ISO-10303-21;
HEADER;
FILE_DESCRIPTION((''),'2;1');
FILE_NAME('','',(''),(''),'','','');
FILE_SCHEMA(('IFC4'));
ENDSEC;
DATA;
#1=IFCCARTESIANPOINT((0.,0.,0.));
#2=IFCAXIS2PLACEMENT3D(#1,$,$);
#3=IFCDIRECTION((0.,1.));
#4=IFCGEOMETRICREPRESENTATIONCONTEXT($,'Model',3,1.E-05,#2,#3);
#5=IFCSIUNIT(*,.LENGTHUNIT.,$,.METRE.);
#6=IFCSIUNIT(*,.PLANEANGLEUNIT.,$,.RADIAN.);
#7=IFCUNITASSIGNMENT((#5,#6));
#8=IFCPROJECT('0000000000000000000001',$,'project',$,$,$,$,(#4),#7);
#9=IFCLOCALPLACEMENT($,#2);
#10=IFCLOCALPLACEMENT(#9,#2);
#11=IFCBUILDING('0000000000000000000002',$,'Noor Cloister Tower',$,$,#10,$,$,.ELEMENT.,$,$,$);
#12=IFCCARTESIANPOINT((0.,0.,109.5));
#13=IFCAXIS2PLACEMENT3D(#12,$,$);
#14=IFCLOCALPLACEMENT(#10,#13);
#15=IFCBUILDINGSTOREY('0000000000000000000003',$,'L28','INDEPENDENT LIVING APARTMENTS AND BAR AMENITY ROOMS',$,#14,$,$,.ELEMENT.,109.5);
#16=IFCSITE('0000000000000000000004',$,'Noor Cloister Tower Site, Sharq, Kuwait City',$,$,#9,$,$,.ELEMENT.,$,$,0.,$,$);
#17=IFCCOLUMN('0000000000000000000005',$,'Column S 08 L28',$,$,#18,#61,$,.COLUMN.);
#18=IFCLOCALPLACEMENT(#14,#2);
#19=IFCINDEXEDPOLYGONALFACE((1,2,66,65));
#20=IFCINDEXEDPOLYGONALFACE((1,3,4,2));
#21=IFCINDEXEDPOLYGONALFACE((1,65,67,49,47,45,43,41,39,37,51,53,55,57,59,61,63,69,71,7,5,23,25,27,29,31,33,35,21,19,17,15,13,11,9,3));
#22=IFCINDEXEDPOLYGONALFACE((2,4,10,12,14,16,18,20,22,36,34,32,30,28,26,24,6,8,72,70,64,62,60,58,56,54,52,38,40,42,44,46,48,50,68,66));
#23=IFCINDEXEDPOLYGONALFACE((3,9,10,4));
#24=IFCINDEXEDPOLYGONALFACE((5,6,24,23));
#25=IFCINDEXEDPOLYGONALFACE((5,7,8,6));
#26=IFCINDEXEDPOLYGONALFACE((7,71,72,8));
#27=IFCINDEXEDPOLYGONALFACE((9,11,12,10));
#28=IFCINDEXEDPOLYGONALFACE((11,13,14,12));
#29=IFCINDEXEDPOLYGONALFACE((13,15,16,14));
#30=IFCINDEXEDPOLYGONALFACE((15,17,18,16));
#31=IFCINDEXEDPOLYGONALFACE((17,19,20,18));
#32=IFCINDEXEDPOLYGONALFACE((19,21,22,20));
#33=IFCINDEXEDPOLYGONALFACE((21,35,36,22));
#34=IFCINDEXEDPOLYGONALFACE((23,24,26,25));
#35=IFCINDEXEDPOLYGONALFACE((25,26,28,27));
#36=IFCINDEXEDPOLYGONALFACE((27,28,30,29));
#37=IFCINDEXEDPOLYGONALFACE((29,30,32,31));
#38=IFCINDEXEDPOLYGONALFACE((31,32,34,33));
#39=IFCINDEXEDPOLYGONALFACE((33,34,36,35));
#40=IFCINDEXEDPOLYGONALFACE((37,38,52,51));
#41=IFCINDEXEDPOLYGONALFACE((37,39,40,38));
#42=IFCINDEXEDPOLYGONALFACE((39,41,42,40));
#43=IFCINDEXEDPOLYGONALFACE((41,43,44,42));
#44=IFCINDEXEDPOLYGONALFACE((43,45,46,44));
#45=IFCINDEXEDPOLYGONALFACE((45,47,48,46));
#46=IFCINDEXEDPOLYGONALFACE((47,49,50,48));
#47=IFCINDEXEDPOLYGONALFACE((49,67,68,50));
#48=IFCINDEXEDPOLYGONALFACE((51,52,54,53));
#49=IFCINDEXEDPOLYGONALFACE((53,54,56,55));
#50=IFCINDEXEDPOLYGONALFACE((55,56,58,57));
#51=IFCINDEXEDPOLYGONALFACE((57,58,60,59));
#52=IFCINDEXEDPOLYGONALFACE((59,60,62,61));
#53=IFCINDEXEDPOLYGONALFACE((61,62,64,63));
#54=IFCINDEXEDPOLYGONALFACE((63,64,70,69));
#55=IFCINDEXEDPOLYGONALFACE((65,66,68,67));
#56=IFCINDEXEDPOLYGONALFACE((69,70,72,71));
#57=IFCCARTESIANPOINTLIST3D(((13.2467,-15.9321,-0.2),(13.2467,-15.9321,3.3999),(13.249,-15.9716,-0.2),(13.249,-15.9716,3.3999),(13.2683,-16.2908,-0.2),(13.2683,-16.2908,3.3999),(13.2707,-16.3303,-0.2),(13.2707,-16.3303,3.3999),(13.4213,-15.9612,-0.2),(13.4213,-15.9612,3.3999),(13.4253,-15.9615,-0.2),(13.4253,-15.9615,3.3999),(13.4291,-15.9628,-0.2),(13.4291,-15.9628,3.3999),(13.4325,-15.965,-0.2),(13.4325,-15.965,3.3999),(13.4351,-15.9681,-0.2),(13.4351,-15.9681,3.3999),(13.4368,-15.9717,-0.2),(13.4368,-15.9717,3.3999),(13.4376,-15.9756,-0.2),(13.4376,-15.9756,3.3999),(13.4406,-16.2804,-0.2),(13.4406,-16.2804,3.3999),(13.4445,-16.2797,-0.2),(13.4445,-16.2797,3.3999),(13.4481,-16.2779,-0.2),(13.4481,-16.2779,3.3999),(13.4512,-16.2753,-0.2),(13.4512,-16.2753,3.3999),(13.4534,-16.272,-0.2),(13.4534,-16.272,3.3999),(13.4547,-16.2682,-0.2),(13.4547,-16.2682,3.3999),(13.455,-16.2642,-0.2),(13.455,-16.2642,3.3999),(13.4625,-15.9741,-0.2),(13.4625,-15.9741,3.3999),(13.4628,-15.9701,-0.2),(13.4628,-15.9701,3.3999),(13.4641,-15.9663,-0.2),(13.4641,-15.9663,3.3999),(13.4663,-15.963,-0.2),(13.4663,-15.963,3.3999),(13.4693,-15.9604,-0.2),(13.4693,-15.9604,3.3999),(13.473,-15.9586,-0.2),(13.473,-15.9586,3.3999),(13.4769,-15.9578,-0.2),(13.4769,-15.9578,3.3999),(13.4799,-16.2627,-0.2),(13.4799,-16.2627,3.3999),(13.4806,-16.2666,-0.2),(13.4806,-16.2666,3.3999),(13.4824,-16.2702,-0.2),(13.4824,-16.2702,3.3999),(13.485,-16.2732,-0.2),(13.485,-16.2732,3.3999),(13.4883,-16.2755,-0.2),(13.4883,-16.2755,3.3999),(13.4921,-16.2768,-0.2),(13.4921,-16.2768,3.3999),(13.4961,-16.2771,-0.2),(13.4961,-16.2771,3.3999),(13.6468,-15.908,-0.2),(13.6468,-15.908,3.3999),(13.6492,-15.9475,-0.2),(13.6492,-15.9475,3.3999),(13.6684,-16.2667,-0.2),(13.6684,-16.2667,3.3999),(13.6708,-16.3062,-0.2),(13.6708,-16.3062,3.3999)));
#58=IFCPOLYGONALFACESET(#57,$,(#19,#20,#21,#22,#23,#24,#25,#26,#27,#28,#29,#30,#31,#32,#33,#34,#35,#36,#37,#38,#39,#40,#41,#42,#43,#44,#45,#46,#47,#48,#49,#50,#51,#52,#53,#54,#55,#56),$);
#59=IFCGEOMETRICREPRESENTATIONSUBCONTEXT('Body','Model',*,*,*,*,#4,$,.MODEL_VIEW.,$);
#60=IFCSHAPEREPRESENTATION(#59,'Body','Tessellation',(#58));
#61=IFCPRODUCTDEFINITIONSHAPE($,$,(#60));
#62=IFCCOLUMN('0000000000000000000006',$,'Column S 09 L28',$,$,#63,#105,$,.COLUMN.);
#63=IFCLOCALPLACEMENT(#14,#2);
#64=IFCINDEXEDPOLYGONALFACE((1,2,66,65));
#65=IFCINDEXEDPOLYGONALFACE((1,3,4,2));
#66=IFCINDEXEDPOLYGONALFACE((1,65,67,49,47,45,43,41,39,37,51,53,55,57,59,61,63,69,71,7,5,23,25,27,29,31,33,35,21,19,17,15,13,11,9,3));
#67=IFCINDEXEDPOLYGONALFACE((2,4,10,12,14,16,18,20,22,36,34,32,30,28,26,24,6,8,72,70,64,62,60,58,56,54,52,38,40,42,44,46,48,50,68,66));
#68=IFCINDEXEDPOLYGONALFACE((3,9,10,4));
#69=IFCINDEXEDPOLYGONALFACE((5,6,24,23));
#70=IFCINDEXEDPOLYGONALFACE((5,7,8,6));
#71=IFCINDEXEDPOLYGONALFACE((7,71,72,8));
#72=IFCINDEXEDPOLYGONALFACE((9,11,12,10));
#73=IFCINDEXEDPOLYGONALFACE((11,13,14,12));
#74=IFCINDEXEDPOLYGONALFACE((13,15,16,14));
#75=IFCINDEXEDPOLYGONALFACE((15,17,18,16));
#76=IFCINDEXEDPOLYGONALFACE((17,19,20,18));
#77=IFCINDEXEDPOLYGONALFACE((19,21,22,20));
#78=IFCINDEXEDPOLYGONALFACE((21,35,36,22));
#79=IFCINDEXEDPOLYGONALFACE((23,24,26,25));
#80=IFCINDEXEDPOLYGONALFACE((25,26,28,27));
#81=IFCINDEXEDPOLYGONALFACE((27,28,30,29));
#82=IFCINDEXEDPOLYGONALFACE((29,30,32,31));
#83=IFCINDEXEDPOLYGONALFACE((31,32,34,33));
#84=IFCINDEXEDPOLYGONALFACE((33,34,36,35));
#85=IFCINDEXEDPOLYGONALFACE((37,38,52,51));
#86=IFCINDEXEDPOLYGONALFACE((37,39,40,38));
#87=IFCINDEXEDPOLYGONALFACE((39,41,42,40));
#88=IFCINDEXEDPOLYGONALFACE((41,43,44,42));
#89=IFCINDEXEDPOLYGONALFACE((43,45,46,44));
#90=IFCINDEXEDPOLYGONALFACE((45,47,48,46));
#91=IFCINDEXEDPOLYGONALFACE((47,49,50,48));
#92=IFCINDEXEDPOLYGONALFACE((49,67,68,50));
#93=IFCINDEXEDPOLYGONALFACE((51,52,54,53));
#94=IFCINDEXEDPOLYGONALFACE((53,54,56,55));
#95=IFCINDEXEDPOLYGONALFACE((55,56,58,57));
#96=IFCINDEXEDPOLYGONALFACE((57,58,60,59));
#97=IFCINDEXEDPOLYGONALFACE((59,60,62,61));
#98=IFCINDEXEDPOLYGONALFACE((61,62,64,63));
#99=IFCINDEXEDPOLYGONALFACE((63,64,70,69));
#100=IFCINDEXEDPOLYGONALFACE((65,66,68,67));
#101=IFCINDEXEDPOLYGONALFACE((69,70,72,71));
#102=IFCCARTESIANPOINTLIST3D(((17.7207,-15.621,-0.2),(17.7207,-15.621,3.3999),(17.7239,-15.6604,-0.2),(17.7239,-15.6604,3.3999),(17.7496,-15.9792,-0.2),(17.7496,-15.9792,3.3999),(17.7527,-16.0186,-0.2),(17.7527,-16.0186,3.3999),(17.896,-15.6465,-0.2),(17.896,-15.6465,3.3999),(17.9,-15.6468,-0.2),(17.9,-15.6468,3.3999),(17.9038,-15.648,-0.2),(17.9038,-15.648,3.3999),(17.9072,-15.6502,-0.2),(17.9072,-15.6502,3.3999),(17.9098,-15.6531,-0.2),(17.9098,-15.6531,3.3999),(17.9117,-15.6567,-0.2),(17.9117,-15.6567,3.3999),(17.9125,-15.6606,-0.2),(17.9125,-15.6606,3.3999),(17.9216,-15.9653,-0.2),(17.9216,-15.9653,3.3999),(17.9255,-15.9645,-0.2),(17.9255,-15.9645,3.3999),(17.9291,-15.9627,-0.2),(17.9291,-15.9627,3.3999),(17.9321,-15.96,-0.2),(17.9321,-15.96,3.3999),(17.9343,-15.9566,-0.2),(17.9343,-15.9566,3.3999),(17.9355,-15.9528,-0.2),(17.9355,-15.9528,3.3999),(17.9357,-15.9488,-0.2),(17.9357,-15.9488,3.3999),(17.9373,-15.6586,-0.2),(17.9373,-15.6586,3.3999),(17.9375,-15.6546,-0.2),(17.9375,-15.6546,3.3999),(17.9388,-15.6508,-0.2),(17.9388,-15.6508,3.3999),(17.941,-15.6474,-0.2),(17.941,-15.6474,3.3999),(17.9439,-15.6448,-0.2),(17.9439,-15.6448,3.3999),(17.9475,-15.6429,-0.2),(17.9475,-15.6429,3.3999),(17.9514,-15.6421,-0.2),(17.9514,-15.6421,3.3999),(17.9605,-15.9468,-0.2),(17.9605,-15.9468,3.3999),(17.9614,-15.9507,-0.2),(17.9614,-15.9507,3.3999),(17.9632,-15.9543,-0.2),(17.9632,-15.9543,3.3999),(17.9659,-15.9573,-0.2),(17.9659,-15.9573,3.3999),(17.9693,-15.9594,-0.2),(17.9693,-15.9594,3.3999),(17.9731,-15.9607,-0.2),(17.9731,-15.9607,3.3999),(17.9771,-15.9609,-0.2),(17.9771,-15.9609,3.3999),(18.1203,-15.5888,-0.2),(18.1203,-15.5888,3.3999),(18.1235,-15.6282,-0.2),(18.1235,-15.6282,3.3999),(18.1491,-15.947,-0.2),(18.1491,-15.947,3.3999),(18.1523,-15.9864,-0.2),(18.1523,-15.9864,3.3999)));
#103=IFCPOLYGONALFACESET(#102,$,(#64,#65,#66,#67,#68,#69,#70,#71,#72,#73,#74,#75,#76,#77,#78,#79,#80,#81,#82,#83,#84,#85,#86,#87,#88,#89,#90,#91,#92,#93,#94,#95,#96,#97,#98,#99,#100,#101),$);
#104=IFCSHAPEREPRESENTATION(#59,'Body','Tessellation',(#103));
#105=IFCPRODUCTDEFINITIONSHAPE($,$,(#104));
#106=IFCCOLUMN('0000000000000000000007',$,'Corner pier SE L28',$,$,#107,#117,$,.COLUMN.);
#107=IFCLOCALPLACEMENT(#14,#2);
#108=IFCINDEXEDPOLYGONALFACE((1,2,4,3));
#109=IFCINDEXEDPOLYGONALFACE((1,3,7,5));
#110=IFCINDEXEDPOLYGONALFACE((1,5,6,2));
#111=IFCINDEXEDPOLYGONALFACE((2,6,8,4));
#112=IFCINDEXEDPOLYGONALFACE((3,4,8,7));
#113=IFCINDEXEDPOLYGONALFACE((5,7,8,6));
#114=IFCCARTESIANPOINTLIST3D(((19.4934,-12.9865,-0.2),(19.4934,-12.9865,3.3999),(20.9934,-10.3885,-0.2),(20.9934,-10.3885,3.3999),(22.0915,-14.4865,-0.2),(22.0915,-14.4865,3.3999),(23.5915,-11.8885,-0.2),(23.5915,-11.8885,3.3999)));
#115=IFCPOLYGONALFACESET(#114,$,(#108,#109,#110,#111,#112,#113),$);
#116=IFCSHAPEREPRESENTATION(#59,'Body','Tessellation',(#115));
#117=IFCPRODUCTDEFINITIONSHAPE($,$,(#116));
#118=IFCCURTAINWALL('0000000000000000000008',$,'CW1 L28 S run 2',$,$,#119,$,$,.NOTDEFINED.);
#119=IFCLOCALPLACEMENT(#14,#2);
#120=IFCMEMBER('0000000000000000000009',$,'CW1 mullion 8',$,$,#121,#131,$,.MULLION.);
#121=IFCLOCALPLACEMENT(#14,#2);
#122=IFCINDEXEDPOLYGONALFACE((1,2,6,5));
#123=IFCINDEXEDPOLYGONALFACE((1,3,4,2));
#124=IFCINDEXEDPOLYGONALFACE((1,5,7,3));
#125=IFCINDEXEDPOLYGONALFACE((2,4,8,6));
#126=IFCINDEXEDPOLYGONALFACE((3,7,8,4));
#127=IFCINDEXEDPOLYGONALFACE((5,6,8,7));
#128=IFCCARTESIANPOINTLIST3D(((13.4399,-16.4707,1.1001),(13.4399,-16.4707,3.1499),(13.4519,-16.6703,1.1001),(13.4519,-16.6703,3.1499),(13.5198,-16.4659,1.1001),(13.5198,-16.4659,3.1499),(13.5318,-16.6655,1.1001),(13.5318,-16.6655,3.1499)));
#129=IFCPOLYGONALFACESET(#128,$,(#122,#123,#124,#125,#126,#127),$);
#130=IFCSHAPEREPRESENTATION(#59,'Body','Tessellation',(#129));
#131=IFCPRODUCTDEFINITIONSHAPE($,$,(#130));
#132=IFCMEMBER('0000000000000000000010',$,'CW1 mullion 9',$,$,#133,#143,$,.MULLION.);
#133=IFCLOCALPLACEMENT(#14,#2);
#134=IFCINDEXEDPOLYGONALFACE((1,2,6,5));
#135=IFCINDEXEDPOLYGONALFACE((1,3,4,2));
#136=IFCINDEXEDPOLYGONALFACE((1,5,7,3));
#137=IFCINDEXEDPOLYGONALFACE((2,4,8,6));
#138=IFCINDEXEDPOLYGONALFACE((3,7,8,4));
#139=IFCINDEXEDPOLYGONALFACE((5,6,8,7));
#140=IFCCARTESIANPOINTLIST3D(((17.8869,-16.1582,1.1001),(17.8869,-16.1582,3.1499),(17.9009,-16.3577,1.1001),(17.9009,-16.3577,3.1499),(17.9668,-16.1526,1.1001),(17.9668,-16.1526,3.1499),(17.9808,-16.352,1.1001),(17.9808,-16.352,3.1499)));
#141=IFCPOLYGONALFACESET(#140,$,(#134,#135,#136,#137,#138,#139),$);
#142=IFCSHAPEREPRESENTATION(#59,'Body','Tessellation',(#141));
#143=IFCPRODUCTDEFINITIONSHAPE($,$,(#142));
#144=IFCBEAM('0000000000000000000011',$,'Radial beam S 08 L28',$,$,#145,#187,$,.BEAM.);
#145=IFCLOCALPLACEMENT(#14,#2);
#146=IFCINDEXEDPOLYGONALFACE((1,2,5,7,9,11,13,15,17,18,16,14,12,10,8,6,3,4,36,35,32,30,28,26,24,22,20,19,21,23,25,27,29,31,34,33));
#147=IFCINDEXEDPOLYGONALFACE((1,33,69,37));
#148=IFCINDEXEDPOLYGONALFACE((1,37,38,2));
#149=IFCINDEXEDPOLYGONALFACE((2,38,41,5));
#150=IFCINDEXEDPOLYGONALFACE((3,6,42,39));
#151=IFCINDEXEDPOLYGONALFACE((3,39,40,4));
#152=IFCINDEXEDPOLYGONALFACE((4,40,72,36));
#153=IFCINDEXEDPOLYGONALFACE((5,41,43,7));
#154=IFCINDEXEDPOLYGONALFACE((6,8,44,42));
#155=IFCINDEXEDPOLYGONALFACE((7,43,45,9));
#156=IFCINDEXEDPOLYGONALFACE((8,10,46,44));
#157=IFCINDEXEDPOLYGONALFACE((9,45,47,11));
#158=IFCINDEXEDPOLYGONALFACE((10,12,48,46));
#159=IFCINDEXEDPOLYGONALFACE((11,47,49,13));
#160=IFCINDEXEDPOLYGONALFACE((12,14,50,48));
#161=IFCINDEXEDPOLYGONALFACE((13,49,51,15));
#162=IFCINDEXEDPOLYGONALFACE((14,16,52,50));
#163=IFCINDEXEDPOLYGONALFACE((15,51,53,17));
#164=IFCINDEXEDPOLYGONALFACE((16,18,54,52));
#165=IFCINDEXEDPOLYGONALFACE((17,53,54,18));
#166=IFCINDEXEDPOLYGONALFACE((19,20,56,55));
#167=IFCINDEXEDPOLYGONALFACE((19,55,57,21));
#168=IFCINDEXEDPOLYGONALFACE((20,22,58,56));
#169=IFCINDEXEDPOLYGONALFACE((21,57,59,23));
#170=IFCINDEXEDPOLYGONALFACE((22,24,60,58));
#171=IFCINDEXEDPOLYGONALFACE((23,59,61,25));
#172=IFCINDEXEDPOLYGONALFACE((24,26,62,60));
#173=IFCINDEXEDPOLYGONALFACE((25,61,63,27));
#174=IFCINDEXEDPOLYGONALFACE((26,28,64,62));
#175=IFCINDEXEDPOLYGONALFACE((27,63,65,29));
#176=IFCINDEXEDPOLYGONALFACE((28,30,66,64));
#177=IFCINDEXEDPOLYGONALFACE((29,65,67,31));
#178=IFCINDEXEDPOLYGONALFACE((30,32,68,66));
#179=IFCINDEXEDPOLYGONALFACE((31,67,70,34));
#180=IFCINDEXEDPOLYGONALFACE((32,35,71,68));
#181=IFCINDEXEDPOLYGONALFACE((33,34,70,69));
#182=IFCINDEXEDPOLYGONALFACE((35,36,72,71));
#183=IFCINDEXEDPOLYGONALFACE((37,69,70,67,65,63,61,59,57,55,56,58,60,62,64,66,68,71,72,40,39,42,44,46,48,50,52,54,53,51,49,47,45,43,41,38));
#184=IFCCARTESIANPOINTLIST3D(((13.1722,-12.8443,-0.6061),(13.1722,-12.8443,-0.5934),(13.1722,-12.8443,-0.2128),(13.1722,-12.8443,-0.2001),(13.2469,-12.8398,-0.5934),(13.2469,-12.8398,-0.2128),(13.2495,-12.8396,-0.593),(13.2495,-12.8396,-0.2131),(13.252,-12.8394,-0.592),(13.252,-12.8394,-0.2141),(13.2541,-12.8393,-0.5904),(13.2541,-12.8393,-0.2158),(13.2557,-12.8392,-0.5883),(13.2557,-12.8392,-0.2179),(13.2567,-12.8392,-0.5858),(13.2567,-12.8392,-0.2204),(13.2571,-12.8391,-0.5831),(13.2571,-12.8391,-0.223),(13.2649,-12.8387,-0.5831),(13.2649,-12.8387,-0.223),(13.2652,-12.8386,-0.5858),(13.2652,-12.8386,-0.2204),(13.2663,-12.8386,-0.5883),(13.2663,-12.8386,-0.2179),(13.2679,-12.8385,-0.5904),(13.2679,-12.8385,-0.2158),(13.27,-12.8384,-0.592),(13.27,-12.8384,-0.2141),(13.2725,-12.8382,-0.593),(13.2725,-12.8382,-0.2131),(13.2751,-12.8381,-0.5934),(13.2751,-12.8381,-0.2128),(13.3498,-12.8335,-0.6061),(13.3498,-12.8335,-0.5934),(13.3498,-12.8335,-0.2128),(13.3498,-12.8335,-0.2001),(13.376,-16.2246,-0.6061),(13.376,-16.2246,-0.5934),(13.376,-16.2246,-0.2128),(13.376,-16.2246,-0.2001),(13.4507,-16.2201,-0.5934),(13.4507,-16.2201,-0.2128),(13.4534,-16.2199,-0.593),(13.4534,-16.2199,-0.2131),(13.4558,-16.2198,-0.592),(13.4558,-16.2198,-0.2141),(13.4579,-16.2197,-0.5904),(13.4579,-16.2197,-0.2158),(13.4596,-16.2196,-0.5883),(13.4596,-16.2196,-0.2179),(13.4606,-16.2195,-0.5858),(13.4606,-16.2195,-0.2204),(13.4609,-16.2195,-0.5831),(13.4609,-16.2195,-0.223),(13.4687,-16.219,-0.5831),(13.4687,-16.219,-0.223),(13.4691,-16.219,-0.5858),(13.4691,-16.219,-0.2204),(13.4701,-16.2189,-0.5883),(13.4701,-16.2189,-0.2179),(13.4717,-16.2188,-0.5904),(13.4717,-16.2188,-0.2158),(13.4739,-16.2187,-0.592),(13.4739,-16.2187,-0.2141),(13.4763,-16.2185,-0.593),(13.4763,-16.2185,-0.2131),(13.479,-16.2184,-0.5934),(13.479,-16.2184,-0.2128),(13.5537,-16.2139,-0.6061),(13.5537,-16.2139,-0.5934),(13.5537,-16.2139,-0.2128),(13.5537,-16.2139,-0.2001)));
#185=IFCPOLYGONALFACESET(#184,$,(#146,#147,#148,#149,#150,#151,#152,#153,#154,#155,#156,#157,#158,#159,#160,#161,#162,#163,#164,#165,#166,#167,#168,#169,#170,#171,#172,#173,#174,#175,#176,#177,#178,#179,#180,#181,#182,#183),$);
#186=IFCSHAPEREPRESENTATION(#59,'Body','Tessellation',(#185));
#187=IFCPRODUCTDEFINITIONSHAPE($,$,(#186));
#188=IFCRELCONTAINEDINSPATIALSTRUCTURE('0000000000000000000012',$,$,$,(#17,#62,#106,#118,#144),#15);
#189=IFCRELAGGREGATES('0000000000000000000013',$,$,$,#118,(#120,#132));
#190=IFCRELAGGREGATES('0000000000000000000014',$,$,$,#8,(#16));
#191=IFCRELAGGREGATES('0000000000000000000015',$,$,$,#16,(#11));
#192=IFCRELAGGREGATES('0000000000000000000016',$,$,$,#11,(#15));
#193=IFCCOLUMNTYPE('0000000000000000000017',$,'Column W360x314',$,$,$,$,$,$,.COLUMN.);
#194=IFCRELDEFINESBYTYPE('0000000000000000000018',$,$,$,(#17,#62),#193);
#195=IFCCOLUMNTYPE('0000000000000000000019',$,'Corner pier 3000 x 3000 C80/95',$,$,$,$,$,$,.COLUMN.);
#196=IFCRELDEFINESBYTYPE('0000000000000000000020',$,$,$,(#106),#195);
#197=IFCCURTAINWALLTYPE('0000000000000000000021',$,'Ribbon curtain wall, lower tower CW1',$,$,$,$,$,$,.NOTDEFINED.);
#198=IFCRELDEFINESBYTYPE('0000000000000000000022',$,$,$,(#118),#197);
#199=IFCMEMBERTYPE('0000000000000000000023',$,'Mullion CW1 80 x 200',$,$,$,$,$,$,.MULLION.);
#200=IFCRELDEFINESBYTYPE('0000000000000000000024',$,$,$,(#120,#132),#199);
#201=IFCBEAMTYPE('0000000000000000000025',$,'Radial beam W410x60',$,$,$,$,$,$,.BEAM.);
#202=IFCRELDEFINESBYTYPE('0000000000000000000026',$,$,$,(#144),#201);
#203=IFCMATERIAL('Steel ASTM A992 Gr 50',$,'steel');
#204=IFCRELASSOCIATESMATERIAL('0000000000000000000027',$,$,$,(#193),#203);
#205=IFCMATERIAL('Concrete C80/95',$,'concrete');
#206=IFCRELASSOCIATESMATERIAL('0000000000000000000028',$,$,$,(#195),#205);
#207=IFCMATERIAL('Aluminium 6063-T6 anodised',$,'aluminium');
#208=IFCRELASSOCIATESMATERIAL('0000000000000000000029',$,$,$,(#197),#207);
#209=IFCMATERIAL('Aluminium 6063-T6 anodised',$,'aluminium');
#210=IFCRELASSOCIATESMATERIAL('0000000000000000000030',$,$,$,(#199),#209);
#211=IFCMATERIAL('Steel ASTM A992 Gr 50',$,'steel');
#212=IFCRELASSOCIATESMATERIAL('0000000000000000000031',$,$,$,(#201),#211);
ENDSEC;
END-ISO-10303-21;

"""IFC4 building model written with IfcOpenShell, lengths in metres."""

from ifc_helpers import new_model, si_unit, direction, frame, origin, origin_2d, place, context, subcontext, project, spatial, rectangle, i_section, extrude, material, material_profile, profile_set, type_object, element, aggregate, save


model = new_model("IFC4")

# Units and contexts
model_context = context("Model", 3, precision=1e-05, world=origin(), true_north=direction((0.0, 1.0)))
body_context = subcontext(model_context, "Body", "Model", "MODEL_VIEW")
ifc_project = project(units=[si_unit("LENGTHUNIT", "METRE"), si_unit("PLANEANGLEUNIT", "RADIAN")], contexts=[model_context])

# Site, building, storey
site_placement = place(None, origin())
site = spatial("IfcSite", under=ifc_project, at=site_placement, Name="Noor Cloister Tower Site, Sharq, Kuwait City", CompositionType="ELEMENT", RefElevation=0.0)
building_placement = place(site_placement, origin())
building = spatial("IfcBuilding", under=site, at=building_placement, Name="Noor Cloister Tower", CompositionType="ELEMENT")
storey_placement = place(building_placement, frame((0.0, 0.0, 109.5)))
storey = spatial("IfcBuildingStorey", under=building, at=storey_placement, Name="L28", Description="INDEPENDENT LIVING APARTMENTS AND BAR AMENITY ROOMS", CompositionType="ELEMENT", Elevation=109.5)

# Columns
ifc_material_1 = material(Name="Steel ASTM A992 Gr 50", Category="steel")
ifc_material_profile_1 = material_profile(ifc_material_1, i_section(OverallWidth=0.4009, OverallDepth=0.3989, WebThickness=0.0249, FlangeThickness=0.0396, FilletRadius=0.0154, at=origin_2d()), Name="W360x314")
ifc_profile_set_1 = profile_set([ifc_material_profile_1], Name="Steel ASTM A992 Gr 50")
column_type_1 = type_object("IfcColumnType", Name="Column W360x314", PredefinedType="COLUMN", material=ifc_profile_set_1)
for number, where, z_axis, x_axis, name in (
    (1, (13.4587, -16.1191, -0.2), (0.0, 0.0, 1.0), (0.998186, 0.0602, 0.0), "Column S 08 L28"),
    (2, (17.9365, -15.8037, -0.2), (0.0, 0.0, 1.0), (0.996776, 0.080229, 0.0), "Column S 09 L28"),
):
    element("IfcColumn", number, at=place(storey_placement, frame(where, z_axis=z_axis, x_axis=x_axis)), inside=storey, type_object=column_type_1, Name=name, PredefinedType="COLUMN", context=body_context, shape_type="SweptSolid", body=[
        extrude(i_section(OverallWidth=0.4009, OverallDepth=0.3989, WebThickness=0.0249, FlangeThickness=0.0396, FilletRadius=0.0154, at=origin_2d()), origin(), (0.0, 0.0, 1.0), 3.5999),
    ])
ifc_material_2 = material(Name="Concrete C80/95", Category="concrete")
ifc_material_profile_2 = material_profile(ifc_material_2, rectangle(XDim=3.0, YDim=3.0, at=origin_2d()), Name="RC 3000x3000")
ifc_profile_set_2 = profile_set([ifc_material_profile_2], Name="Concrete C80/95")
column_type_2 = type_object("IfcColumnType", Name="Corner pier 3000 x 3000 C80/95", PredefinedType="COLUMN", material=ifc_profile_set_2)
column_placement = place(storey_placement, frame((21.5425, -12.4375, -0.2), z_axis=(0.0, 0.0, 1.0), x_axis=(0.866025, -0.5, 0.0)))
element("IfcColumn", 3, at=column_placement, inside=storey, type_object=column_type_2, Name="Corner pier SE L28", PredefinedType="COLUMN", context=body_context, shape_type="SweptSolid", body=[
    extrude(rectangle(XDim=3.0, YDim=3.0, at=origin_2d()), origin(), (0.0, 0.0, 1.0), 3.5999),
])

# Curtain wall, members
ifc_material_3 = material(Name="Aluminium 6063-T6 anodised", Category="aluminium")
curtain_wall_type = type_object("IfcCurtainWallType", Name="Ribbon curtain wall, lower tower CW1", PredefinedType="NOTDEFINED", material=ifc_material_3)
curtain_wall_placement = place(storey_placement, origin())
curtain_wall = element("IfcCurtainWall", 4, at=curtain_wall_placement, inside=storey, type_object=curtain_wall_type, Name="CW1 L28 S run 2", PredefinedType="NOTDEFINED")
ifc_material_4 = material(Name="Aluminium 6063-T6 anodised", Category="aluminium")
ifc_material_profile_3 = material_profile(ifc_material_4, rectangle(XDim=0.2, YDim=0.0801, at=origin_2d()), Name="200 x 80 mullion")
ifc_profile_set_3 = profile_set([ifc_material_profile_3], Name="Aluminium 6063-T6 anodised")
member_type = type_object("IfcMemberType", Name="Mullion CW1 80 x 200", PredefinedType="MULLION", material=ifc_profile_set_3)
member_1_placement = place(storey_placement, frame((13.4858, -16.5681, 1.1001), z_axis=(0.0, 0.0, 1.0), x_axis=(-0.0602, 0.998186, 0.0)))
member_1 = element("IfcMember", 5, at=member_1_placement, type_object=member_type, Name="CW1 mullion 8", PredefinedType="MULLION", context=body_context, shape_type="SweptSolid", body=[
    extrude(rectangle(XDim=0.2, YDim=0.0801, at=origin_2d()), origin(), (0.0, 0.0, 1.0), 2.0498),
])
member_2_placement = place(storey_placement, frame((17.9338, -16.2551, 1.1001), z_axis=(0.0, 0.0, 1.0), x_axis=(-0.070218, 0.997532, 0.0)))
member_2 = element("IfcMember", 6, at=member_2_placement, type_object=member_type, Name="CW1 mullion 9", PredefinedType="MULLION", context=body_context, shape_type="SweptSolid", body=[
    extrude(rectangle(XDim=0.2, YDim=0.0801, at=origin_2d()), origin(), (0.0, 0.0, 1.0), 2.0498),
])

# Beam
ifc_material_5 = material(Name="Steel ASTM A992 Gr 50", Category="steel")
ifc_material_profile_4 = material_profile(ifc_material_5, i_section(OverallWidth=0.178, OverallDepth=0.406, WebThickness=0.0078, FlangeThickness=0.0127, FilletRadius=0.0103, at=origin_2d()), Name="W410x60")
ifc_profile_set_4 = profile_set([ifc_material_profile_4], Name="Steel ASTM A992 Gr 50")
beam_type_1 = type_object("IfcBeamType", Name="Radial beam W410x60", PredefinedType="BEAM", material=ifc_profile_set_4)
beam_1_placement = place(storey_placement, frame((13.4648, -16.2192, -0.4031), z_axis=(-0.060197, 0.998187, 0.0), x_axis=(-0.998187, -0.060197, 0.0)))
element("IfcBeam", 7, at=beam_1_placement, inside=storey, type_object=beam_type_1, Name="Radial beam S 08 L28", PredefinedType="BEAM", context=body_context, shape_type="SweptSolid", body=[
    extrude(i_section(OverallWidth=0.178, OverallDepth=0.406, WebThickness=0.0078, FlangeThickness=0.0127, FilletRadius=0.0103, at=origin_2d()), origin(), (0.0, 0.0, 1.0), 3.3865),
])

aggregate(curtain_wall, [member_1, member_2])

save(model, "model.ifc")
